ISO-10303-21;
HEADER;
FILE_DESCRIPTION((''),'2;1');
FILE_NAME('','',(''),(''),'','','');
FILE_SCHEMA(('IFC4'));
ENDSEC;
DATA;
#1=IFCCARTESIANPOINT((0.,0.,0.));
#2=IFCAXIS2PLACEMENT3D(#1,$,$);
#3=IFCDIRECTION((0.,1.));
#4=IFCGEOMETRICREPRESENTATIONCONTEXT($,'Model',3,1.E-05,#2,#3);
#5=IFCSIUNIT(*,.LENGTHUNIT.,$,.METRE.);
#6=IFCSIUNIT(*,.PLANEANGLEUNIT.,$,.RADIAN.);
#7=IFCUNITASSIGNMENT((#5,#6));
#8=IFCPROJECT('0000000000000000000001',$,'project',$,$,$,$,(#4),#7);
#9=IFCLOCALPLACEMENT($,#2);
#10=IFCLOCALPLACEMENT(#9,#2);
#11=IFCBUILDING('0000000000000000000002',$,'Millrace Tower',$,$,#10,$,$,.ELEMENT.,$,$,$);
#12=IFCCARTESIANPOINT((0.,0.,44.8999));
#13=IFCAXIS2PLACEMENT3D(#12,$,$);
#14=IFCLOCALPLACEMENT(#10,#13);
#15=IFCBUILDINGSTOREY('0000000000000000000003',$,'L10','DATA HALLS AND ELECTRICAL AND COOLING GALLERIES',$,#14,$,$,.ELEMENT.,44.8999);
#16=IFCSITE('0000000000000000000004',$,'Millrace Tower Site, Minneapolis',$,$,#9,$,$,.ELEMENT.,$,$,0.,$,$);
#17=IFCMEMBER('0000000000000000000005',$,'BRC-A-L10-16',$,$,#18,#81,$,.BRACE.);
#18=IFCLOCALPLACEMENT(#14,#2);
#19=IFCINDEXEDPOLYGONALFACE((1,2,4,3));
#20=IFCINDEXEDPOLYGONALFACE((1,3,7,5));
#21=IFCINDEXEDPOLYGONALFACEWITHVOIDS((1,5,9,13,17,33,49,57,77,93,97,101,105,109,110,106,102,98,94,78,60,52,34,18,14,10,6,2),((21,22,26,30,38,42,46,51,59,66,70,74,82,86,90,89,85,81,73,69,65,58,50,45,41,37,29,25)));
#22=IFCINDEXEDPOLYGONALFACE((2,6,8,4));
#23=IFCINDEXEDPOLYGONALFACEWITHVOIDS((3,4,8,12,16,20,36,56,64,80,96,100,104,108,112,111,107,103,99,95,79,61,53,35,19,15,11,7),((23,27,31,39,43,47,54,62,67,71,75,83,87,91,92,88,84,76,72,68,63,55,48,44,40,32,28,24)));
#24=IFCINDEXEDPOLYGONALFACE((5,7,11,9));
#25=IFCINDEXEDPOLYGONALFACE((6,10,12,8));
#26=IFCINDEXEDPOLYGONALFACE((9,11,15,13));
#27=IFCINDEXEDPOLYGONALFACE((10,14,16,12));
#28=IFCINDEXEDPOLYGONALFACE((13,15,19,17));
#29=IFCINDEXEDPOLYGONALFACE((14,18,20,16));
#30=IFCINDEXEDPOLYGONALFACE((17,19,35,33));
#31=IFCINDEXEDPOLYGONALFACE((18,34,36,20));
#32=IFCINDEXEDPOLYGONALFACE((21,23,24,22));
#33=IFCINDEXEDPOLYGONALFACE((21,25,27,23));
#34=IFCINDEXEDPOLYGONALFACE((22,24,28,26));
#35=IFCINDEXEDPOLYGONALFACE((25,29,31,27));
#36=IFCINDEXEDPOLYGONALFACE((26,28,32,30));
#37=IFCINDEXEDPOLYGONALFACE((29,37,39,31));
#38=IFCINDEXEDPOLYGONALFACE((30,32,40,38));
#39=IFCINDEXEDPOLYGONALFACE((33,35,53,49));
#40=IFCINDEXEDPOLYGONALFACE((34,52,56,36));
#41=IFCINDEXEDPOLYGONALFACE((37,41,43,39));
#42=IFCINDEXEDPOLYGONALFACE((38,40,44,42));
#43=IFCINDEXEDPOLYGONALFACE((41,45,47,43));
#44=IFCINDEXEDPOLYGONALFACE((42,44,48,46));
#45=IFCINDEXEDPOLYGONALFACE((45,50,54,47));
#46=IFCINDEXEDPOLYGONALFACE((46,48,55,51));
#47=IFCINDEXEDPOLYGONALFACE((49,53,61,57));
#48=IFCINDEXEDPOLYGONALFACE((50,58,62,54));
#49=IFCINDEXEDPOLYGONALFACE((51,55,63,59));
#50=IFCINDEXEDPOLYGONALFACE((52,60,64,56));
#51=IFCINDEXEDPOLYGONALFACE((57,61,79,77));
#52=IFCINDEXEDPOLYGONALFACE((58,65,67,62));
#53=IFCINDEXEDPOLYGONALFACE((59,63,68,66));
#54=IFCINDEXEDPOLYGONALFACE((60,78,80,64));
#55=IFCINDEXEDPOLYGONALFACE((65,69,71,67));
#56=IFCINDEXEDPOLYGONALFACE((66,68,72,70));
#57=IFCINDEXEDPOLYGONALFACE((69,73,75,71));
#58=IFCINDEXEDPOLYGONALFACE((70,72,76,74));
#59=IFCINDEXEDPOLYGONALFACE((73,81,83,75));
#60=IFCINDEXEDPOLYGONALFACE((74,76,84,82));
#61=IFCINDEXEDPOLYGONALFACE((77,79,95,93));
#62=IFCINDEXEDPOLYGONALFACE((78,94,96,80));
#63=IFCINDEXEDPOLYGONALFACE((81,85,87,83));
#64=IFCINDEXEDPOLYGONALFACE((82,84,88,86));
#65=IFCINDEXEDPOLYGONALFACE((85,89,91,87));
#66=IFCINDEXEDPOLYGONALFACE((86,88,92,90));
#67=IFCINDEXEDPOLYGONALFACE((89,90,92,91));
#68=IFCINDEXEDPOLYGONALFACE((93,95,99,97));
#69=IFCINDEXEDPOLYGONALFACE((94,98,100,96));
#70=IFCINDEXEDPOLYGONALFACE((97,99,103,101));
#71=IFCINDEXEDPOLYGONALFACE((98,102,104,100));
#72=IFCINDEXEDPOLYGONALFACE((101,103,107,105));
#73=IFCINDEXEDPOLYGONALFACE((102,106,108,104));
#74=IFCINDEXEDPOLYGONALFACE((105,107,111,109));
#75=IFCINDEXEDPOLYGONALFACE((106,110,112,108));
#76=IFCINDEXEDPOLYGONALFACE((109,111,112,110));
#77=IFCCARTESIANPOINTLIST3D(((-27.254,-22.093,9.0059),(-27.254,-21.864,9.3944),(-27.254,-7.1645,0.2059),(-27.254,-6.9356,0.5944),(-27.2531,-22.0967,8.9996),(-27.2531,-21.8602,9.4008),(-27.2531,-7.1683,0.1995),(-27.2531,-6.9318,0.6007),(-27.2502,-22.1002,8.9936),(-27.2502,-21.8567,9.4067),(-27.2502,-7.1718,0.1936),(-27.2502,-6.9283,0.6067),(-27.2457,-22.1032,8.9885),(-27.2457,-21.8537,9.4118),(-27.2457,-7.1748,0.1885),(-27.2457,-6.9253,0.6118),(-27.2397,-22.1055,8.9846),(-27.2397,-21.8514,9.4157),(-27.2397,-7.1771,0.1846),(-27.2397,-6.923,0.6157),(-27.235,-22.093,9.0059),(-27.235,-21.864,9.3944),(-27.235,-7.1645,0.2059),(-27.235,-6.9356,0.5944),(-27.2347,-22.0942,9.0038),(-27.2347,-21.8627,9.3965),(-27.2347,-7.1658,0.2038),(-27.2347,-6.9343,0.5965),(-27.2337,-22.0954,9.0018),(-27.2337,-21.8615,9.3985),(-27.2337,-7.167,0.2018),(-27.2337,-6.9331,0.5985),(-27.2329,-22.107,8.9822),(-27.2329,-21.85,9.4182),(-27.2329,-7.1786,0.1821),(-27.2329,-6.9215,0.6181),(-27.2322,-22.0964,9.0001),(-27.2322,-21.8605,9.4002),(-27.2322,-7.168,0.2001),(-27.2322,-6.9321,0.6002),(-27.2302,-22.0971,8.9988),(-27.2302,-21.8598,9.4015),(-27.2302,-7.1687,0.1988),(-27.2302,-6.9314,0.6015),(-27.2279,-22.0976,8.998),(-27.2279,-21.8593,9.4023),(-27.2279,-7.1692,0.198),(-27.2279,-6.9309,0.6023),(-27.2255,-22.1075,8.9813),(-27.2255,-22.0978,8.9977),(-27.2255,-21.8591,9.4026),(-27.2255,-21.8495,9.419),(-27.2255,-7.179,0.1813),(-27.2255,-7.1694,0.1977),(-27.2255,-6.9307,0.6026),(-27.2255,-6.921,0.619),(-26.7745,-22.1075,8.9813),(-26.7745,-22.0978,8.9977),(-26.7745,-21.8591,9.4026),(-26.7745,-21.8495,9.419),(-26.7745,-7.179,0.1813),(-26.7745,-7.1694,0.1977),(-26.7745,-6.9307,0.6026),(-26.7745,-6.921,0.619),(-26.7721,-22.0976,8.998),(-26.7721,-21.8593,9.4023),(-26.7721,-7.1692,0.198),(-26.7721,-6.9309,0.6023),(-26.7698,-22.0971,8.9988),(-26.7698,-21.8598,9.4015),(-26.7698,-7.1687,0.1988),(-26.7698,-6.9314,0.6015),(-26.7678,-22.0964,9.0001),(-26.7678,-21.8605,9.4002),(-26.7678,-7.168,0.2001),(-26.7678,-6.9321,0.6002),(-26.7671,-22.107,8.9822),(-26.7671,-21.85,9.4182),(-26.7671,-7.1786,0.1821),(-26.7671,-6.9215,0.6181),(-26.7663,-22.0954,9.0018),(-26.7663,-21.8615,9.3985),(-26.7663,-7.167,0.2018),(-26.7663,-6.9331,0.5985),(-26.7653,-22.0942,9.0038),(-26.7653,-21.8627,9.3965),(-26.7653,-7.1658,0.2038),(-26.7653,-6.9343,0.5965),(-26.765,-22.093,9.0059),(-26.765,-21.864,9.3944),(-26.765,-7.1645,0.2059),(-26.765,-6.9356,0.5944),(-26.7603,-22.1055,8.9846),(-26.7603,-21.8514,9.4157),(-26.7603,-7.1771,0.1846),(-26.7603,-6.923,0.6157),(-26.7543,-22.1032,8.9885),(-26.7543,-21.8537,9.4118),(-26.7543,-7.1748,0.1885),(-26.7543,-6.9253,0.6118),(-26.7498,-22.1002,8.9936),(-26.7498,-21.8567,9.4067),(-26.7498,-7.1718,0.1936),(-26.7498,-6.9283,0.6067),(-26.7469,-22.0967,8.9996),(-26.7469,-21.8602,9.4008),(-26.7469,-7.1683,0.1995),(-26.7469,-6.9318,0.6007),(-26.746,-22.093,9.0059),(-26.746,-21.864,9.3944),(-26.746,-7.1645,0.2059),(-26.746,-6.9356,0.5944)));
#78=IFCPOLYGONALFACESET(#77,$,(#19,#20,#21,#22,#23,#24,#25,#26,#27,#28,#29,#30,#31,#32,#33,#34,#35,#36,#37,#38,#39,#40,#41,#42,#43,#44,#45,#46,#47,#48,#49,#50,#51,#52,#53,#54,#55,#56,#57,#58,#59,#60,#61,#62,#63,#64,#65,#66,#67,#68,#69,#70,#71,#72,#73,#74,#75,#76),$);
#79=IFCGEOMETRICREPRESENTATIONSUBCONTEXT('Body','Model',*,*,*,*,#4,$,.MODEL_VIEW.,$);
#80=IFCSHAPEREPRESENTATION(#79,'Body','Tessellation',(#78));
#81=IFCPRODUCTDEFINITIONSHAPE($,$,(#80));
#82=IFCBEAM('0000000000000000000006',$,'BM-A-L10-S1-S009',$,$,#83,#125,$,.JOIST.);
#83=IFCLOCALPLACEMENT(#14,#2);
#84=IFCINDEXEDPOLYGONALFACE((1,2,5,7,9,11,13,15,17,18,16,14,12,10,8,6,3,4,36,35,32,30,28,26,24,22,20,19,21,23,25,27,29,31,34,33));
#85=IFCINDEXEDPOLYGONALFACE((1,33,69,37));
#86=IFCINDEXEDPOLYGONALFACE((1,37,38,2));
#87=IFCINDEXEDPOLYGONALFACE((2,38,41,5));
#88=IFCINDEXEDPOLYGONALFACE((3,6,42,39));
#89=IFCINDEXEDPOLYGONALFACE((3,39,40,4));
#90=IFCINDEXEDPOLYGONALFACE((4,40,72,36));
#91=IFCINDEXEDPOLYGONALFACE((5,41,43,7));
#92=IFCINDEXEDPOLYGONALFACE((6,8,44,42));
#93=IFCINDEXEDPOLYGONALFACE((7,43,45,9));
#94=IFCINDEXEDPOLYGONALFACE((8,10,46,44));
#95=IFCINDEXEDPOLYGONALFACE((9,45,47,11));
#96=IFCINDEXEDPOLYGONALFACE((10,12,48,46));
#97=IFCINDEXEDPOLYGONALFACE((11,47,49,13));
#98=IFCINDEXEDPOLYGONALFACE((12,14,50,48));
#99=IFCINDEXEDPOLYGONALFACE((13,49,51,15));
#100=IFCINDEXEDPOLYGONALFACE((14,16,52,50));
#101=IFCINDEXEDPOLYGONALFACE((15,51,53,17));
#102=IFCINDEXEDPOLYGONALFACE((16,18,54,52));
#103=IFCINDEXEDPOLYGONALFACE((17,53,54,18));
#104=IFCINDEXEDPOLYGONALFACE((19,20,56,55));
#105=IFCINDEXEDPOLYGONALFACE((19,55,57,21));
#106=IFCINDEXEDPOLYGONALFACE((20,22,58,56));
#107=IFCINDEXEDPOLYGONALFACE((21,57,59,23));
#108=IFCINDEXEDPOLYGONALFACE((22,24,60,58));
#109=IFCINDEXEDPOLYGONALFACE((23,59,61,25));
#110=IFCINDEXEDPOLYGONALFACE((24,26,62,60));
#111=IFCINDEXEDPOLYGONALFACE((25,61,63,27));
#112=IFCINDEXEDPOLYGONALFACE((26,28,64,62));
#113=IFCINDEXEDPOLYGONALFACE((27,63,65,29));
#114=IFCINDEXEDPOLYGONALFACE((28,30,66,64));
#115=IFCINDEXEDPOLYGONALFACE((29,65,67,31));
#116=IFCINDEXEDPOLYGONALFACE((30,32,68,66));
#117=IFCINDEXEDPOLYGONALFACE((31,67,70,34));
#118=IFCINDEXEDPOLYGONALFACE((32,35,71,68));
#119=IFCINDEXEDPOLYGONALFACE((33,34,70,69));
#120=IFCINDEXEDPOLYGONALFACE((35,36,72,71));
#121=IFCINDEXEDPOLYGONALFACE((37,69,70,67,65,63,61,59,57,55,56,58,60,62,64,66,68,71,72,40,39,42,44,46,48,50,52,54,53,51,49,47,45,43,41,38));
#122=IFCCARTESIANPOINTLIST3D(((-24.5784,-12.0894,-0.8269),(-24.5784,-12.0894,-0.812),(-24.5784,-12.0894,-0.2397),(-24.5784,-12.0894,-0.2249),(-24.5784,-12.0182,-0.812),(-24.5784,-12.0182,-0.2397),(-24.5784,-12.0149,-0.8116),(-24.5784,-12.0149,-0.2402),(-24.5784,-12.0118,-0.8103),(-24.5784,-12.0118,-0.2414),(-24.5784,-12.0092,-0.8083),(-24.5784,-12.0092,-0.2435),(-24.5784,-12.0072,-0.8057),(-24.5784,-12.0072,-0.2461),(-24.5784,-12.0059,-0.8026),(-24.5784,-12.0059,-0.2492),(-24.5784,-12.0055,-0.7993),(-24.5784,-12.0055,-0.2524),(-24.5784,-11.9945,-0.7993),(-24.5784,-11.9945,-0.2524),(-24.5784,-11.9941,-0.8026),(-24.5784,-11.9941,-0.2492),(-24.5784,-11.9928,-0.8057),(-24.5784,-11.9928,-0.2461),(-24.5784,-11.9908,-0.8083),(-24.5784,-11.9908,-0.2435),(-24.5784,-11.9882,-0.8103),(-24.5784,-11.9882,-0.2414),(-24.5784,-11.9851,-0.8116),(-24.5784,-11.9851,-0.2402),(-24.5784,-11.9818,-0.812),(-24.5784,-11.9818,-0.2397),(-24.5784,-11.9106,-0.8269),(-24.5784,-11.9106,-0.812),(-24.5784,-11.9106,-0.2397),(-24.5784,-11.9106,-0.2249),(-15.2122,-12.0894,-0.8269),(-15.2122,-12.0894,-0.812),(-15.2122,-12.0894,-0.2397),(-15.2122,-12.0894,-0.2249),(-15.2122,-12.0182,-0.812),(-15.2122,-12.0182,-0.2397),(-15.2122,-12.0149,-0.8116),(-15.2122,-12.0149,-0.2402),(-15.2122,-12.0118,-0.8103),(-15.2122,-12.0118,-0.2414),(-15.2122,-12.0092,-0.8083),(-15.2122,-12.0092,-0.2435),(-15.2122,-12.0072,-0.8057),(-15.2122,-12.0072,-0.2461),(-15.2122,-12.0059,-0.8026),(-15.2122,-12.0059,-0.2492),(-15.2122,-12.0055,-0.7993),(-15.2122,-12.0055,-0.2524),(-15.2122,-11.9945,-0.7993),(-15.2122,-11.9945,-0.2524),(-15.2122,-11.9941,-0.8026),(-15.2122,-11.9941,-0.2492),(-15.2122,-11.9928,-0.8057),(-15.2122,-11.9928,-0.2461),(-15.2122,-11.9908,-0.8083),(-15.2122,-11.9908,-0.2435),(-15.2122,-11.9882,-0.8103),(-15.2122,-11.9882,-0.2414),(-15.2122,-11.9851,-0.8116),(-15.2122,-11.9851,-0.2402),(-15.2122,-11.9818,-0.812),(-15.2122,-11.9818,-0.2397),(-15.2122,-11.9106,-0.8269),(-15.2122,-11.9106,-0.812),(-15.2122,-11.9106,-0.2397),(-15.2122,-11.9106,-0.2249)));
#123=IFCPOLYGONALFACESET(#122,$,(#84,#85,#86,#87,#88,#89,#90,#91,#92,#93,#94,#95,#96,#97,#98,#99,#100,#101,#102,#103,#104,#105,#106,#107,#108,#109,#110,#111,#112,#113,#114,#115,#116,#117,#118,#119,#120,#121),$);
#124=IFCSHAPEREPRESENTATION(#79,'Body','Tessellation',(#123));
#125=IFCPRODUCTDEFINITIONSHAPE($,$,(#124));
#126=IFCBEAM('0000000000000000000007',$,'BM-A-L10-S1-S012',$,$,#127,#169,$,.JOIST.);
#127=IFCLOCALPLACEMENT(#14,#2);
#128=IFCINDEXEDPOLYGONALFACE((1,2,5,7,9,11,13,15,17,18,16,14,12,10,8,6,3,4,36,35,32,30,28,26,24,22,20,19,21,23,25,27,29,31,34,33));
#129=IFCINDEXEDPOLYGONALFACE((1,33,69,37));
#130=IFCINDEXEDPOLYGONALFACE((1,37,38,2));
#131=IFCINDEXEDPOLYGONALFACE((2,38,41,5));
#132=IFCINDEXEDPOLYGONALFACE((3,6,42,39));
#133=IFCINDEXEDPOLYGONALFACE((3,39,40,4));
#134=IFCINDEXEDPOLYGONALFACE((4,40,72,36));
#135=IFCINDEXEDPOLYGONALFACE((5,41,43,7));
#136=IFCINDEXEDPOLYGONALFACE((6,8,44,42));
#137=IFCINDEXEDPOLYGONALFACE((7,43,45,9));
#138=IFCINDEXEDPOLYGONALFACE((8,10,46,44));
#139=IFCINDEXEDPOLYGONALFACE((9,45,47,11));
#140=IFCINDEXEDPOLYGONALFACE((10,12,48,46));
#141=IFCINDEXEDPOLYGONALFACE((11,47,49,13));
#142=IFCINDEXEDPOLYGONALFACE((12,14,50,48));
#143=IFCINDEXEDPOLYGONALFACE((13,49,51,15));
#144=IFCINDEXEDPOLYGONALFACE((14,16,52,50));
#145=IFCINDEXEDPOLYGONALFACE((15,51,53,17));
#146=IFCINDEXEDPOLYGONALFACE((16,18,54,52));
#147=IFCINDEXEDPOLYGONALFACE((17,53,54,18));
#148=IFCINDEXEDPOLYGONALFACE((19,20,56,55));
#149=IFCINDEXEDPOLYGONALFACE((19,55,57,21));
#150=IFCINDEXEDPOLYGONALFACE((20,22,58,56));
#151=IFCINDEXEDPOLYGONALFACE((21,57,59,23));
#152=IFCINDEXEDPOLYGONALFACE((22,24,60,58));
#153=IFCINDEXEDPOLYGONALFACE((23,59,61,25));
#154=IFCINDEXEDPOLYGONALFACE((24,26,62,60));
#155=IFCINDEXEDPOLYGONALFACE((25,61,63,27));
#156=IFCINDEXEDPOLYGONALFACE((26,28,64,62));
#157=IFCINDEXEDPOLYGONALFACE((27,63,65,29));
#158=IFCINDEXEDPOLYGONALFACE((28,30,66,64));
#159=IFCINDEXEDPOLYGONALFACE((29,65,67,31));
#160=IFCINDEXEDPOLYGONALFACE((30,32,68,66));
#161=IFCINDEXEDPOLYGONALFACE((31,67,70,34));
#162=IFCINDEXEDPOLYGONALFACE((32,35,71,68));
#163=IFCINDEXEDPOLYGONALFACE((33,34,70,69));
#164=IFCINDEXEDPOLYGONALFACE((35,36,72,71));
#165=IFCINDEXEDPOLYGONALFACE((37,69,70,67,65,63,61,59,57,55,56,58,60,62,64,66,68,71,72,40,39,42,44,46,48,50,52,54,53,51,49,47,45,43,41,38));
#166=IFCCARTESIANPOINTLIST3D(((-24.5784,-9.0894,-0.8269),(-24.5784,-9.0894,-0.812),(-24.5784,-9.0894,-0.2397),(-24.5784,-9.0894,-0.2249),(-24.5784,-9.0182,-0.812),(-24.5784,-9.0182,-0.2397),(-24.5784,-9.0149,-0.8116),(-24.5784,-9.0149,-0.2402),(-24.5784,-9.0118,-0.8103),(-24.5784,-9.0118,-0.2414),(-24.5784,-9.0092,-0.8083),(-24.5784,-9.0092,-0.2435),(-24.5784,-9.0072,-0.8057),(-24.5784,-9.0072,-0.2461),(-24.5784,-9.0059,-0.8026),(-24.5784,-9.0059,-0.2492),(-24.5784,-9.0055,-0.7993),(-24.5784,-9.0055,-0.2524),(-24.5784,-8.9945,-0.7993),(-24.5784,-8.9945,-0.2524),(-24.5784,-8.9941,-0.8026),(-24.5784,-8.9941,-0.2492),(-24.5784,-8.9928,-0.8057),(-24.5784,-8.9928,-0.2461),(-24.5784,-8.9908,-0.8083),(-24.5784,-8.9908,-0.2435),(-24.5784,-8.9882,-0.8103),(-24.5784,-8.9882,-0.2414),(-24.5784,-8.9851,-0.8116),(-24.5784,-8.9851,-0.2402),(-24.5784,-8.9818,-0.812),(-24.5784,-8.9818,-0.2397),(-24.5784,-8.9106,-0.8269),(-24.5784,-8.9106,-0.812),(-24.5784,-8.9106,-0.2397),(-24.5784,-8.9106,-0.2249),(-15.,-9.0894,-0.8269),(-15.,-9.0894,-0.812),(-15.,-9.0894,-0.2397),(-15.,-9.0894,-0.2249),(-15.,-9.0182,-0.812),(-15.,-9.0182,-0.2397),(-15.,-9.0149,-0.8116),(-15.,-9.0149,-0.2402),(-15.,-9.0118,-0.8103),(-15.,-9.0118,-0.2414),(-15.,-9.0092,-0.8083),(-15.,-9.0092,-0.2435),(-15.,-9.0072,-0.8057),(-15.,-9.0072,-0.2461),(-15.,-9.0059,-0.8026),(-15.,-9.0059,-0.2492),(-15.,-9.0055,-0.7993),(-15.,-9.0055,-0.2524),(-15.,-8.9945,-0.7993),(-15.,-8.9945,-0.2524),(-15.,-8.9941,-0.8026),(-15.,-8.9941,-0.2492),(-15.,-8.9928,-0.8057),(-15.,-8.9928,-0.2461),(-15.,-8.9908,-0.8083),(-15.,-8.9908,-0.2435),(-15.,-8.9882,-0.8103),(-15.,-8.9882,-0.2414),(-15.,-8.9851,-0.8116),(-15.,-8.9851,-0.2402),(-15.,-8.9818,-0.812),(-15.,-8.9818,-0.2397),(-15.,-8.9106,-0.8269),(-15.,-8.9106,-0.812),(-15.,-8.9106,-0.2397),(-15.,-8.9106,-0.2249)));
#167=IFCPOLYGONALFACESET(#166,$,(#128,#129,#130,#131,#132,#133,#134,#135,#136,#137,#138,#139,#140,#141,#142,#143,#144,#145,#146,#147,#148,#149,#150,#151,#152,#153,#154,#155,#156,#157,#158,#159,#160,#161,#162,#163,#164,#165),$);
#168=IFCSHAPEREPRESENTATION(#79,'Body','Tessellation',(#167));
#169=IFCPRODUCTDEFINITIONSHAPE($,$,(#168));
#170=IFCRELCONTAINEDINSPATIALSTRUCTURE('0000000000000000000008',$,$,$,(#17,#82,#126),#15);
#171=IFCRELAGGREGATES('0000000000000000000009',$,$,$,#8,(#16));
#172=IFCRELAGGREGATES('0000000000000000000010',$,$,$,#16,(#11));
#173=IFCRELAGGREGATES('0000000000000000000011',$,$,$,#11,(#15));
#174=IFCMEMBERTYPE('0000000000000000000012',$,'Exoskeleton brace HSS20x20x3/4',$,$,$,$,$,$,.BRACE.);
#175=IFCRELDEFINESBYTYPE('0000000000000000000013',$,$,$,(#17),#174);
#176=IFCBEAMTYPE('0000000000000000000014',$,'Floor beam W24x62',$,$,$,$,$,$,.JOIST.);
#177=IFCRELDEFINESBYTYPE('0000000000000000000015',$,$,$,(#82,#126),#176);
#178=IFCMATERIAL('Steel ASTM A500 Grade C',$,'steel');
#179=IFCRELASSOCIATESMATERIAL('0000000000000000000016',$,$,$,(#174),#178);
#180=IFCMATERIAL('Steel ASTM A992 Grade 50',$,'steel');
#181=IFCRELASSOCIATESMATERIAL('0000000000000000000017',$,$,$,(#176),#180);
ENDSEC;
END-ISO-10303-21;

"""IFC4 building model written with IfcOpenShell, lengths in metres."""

from ifc_helpers import new_model, si_unit, direction, frame, origin, origin_2d, place, context, subcontext, project, spatial, hollow_rectangle, i_section, extrude, material, material_profile, profile_set, type_object, element, save


model = new_model("IFC4")

# Units and contexts
model_context = context("Model", 3, precision=1e-05, world=origin(), true_north=direction((0.0, 1.0)))
body_context = subcontext(model_context, "Body", "Model", "MODEL_VIEW")
ifc_project = project(units=[si_unit("LENGTHUNIT", "METRE"), si_unit("PLANEANGLEUNIT", "RADIAN")], contexts=[model_context])

# Site, building, storey
site_placement = place(None, origin())
site = spatial("IfcSite", under=ifc_project, at=site_placement, Name="Millrace Tower Site, Minneapolis", CompositionType="ELEMENT", RefElevation=0.0)
building_placement = place(site_placement, origin())
building = spatial("IfcBuilding", under=site, at=building_placement, Name="Millrace Tower", CompositionType="ELEMENT")
storey_placement = place(building_placement, frame((0.0, 0.0, 44.8999)))
storey = spatial("IfcBuildingStorey", under=building, at=storey_placement, Name="L10", Description="DATA HALLS AND ELECTRICAL AND COOLING GALLERIES", CompositionType="ELEMENT", Elevation=44.8999)

# Member
ifc_material_1 = material(Name="Steel ASTM A500 Grade C", Category="steel")
ifc_material_profile_1 = material_profile(ifc_material_1, hollow_rectangle(XDim=0.5081, YDim=0.5081, WallThickness=0.019, InnerFilletRadius=0.0095, OuterFilletRadius=0.0286, at=origin_2d()))
ifc_profile_set_1 = profile_set([ifc_material_profile_1], Name="Steel ASTM A500 Grade C")
member_type_1 = type_object("IfcMemberType", Name="Exoskeleton brace HSS20x20x3/4", PredefinedType="BRACE", material=ifc_profile_set_1)
member_1_placement = place(storey_placement, frame((-27.0, -7.05, 0.4001), z_axis=(0.0, -0.861465, 0.507817), x_axis=(1.0, 0.0, 0.0)))
element("IfcMember", 1, at=member_1_placement, inside=storey, type_object=member_type_1, Name="BRC-A-L10-16", PredefinedType="BRACE", context=body_context, shape_type="SweptSolid", body=[
    extrude(hollow_rectangle(XDim=0.5081, YDim=0.5081, WallThickness=0.019, InnerFilletRadius=0.0095, OuterFilletRadius=0.0286, at=origin_2d()), origin(), (0.0, 0.0, 1.0), 17.3291),
])

# Beams
ifc_material_2 = material(Name="Steel ASTM A992 Grade 50", Category="steel")
ifc_material_profile_2 = material_profile(ifc_material_2, i_section(OverallWidth=0.1787, OverallDepth=0.6021, WebThickness=0.011, FlangeThickness=0.0149, FilletRadius=0.0127, at=origin_2d()))
ifc_profile_set_2 = profile_set([ifc_material_profile_2], Name="Steel ASTM A992 Grade 50")
beam_type_1 = type_object("IfcBeamType", Name="Floor beam W24x62", PredefinedType="JOIST", material=ifc_profile_set_2)
beam_1_placement = place(storey_placement, frame((-24.5784, -12.0, -0.5259), z_axis=(1.0, 0.0, 0.0), x_axis=(0.0, 1.0, 0.0)))
element("IfcBeam", 2, at=beam_1_placement, inside=storey, type_object=beam_type_1, Name="BM-A-L10-S1-S009", PredefinedType="JOIST", context=body_context, shape_type="SweptSolid", body=[
    extrude(i_section(OverallWidth=0.1787, OverallDepth=0.6021, WebThickness=0.011, FlangeThickness=0.0149, FilletRadius=0.0127, at=origin_2d()), origin(), (0.0, 0.0, 1.0), 9.3662),
])
for number, where, z_axis, x_axis, name in (
    (3, (-24.5784, -9.0, -0.5259), (1.0, 0.0, 0.0), (0.0, 1.0, 0.0), "BM-A-L10-S1-S012"),
):
    element("IfcBeam", number, at=place(storey_placement, frame(where, z_axis=z_axis, x_axis=x_axis)), inside=storey, type_object=beam_type_1, Name=name, PredefinedType="JOIST", context=body_context, shape_type="SweptSolid", body=[
        extrude(i_section(OverallWidth=0.1787, OverallDepth=0.6021, WebThickness=0.011, FlangeThickness=0.0149, FilletRadius=0.0127, at=origin_2d()), origin(), (0.0, 0.0, 1.0), 9.5784),
    ])

save(model, "model.ifc")
